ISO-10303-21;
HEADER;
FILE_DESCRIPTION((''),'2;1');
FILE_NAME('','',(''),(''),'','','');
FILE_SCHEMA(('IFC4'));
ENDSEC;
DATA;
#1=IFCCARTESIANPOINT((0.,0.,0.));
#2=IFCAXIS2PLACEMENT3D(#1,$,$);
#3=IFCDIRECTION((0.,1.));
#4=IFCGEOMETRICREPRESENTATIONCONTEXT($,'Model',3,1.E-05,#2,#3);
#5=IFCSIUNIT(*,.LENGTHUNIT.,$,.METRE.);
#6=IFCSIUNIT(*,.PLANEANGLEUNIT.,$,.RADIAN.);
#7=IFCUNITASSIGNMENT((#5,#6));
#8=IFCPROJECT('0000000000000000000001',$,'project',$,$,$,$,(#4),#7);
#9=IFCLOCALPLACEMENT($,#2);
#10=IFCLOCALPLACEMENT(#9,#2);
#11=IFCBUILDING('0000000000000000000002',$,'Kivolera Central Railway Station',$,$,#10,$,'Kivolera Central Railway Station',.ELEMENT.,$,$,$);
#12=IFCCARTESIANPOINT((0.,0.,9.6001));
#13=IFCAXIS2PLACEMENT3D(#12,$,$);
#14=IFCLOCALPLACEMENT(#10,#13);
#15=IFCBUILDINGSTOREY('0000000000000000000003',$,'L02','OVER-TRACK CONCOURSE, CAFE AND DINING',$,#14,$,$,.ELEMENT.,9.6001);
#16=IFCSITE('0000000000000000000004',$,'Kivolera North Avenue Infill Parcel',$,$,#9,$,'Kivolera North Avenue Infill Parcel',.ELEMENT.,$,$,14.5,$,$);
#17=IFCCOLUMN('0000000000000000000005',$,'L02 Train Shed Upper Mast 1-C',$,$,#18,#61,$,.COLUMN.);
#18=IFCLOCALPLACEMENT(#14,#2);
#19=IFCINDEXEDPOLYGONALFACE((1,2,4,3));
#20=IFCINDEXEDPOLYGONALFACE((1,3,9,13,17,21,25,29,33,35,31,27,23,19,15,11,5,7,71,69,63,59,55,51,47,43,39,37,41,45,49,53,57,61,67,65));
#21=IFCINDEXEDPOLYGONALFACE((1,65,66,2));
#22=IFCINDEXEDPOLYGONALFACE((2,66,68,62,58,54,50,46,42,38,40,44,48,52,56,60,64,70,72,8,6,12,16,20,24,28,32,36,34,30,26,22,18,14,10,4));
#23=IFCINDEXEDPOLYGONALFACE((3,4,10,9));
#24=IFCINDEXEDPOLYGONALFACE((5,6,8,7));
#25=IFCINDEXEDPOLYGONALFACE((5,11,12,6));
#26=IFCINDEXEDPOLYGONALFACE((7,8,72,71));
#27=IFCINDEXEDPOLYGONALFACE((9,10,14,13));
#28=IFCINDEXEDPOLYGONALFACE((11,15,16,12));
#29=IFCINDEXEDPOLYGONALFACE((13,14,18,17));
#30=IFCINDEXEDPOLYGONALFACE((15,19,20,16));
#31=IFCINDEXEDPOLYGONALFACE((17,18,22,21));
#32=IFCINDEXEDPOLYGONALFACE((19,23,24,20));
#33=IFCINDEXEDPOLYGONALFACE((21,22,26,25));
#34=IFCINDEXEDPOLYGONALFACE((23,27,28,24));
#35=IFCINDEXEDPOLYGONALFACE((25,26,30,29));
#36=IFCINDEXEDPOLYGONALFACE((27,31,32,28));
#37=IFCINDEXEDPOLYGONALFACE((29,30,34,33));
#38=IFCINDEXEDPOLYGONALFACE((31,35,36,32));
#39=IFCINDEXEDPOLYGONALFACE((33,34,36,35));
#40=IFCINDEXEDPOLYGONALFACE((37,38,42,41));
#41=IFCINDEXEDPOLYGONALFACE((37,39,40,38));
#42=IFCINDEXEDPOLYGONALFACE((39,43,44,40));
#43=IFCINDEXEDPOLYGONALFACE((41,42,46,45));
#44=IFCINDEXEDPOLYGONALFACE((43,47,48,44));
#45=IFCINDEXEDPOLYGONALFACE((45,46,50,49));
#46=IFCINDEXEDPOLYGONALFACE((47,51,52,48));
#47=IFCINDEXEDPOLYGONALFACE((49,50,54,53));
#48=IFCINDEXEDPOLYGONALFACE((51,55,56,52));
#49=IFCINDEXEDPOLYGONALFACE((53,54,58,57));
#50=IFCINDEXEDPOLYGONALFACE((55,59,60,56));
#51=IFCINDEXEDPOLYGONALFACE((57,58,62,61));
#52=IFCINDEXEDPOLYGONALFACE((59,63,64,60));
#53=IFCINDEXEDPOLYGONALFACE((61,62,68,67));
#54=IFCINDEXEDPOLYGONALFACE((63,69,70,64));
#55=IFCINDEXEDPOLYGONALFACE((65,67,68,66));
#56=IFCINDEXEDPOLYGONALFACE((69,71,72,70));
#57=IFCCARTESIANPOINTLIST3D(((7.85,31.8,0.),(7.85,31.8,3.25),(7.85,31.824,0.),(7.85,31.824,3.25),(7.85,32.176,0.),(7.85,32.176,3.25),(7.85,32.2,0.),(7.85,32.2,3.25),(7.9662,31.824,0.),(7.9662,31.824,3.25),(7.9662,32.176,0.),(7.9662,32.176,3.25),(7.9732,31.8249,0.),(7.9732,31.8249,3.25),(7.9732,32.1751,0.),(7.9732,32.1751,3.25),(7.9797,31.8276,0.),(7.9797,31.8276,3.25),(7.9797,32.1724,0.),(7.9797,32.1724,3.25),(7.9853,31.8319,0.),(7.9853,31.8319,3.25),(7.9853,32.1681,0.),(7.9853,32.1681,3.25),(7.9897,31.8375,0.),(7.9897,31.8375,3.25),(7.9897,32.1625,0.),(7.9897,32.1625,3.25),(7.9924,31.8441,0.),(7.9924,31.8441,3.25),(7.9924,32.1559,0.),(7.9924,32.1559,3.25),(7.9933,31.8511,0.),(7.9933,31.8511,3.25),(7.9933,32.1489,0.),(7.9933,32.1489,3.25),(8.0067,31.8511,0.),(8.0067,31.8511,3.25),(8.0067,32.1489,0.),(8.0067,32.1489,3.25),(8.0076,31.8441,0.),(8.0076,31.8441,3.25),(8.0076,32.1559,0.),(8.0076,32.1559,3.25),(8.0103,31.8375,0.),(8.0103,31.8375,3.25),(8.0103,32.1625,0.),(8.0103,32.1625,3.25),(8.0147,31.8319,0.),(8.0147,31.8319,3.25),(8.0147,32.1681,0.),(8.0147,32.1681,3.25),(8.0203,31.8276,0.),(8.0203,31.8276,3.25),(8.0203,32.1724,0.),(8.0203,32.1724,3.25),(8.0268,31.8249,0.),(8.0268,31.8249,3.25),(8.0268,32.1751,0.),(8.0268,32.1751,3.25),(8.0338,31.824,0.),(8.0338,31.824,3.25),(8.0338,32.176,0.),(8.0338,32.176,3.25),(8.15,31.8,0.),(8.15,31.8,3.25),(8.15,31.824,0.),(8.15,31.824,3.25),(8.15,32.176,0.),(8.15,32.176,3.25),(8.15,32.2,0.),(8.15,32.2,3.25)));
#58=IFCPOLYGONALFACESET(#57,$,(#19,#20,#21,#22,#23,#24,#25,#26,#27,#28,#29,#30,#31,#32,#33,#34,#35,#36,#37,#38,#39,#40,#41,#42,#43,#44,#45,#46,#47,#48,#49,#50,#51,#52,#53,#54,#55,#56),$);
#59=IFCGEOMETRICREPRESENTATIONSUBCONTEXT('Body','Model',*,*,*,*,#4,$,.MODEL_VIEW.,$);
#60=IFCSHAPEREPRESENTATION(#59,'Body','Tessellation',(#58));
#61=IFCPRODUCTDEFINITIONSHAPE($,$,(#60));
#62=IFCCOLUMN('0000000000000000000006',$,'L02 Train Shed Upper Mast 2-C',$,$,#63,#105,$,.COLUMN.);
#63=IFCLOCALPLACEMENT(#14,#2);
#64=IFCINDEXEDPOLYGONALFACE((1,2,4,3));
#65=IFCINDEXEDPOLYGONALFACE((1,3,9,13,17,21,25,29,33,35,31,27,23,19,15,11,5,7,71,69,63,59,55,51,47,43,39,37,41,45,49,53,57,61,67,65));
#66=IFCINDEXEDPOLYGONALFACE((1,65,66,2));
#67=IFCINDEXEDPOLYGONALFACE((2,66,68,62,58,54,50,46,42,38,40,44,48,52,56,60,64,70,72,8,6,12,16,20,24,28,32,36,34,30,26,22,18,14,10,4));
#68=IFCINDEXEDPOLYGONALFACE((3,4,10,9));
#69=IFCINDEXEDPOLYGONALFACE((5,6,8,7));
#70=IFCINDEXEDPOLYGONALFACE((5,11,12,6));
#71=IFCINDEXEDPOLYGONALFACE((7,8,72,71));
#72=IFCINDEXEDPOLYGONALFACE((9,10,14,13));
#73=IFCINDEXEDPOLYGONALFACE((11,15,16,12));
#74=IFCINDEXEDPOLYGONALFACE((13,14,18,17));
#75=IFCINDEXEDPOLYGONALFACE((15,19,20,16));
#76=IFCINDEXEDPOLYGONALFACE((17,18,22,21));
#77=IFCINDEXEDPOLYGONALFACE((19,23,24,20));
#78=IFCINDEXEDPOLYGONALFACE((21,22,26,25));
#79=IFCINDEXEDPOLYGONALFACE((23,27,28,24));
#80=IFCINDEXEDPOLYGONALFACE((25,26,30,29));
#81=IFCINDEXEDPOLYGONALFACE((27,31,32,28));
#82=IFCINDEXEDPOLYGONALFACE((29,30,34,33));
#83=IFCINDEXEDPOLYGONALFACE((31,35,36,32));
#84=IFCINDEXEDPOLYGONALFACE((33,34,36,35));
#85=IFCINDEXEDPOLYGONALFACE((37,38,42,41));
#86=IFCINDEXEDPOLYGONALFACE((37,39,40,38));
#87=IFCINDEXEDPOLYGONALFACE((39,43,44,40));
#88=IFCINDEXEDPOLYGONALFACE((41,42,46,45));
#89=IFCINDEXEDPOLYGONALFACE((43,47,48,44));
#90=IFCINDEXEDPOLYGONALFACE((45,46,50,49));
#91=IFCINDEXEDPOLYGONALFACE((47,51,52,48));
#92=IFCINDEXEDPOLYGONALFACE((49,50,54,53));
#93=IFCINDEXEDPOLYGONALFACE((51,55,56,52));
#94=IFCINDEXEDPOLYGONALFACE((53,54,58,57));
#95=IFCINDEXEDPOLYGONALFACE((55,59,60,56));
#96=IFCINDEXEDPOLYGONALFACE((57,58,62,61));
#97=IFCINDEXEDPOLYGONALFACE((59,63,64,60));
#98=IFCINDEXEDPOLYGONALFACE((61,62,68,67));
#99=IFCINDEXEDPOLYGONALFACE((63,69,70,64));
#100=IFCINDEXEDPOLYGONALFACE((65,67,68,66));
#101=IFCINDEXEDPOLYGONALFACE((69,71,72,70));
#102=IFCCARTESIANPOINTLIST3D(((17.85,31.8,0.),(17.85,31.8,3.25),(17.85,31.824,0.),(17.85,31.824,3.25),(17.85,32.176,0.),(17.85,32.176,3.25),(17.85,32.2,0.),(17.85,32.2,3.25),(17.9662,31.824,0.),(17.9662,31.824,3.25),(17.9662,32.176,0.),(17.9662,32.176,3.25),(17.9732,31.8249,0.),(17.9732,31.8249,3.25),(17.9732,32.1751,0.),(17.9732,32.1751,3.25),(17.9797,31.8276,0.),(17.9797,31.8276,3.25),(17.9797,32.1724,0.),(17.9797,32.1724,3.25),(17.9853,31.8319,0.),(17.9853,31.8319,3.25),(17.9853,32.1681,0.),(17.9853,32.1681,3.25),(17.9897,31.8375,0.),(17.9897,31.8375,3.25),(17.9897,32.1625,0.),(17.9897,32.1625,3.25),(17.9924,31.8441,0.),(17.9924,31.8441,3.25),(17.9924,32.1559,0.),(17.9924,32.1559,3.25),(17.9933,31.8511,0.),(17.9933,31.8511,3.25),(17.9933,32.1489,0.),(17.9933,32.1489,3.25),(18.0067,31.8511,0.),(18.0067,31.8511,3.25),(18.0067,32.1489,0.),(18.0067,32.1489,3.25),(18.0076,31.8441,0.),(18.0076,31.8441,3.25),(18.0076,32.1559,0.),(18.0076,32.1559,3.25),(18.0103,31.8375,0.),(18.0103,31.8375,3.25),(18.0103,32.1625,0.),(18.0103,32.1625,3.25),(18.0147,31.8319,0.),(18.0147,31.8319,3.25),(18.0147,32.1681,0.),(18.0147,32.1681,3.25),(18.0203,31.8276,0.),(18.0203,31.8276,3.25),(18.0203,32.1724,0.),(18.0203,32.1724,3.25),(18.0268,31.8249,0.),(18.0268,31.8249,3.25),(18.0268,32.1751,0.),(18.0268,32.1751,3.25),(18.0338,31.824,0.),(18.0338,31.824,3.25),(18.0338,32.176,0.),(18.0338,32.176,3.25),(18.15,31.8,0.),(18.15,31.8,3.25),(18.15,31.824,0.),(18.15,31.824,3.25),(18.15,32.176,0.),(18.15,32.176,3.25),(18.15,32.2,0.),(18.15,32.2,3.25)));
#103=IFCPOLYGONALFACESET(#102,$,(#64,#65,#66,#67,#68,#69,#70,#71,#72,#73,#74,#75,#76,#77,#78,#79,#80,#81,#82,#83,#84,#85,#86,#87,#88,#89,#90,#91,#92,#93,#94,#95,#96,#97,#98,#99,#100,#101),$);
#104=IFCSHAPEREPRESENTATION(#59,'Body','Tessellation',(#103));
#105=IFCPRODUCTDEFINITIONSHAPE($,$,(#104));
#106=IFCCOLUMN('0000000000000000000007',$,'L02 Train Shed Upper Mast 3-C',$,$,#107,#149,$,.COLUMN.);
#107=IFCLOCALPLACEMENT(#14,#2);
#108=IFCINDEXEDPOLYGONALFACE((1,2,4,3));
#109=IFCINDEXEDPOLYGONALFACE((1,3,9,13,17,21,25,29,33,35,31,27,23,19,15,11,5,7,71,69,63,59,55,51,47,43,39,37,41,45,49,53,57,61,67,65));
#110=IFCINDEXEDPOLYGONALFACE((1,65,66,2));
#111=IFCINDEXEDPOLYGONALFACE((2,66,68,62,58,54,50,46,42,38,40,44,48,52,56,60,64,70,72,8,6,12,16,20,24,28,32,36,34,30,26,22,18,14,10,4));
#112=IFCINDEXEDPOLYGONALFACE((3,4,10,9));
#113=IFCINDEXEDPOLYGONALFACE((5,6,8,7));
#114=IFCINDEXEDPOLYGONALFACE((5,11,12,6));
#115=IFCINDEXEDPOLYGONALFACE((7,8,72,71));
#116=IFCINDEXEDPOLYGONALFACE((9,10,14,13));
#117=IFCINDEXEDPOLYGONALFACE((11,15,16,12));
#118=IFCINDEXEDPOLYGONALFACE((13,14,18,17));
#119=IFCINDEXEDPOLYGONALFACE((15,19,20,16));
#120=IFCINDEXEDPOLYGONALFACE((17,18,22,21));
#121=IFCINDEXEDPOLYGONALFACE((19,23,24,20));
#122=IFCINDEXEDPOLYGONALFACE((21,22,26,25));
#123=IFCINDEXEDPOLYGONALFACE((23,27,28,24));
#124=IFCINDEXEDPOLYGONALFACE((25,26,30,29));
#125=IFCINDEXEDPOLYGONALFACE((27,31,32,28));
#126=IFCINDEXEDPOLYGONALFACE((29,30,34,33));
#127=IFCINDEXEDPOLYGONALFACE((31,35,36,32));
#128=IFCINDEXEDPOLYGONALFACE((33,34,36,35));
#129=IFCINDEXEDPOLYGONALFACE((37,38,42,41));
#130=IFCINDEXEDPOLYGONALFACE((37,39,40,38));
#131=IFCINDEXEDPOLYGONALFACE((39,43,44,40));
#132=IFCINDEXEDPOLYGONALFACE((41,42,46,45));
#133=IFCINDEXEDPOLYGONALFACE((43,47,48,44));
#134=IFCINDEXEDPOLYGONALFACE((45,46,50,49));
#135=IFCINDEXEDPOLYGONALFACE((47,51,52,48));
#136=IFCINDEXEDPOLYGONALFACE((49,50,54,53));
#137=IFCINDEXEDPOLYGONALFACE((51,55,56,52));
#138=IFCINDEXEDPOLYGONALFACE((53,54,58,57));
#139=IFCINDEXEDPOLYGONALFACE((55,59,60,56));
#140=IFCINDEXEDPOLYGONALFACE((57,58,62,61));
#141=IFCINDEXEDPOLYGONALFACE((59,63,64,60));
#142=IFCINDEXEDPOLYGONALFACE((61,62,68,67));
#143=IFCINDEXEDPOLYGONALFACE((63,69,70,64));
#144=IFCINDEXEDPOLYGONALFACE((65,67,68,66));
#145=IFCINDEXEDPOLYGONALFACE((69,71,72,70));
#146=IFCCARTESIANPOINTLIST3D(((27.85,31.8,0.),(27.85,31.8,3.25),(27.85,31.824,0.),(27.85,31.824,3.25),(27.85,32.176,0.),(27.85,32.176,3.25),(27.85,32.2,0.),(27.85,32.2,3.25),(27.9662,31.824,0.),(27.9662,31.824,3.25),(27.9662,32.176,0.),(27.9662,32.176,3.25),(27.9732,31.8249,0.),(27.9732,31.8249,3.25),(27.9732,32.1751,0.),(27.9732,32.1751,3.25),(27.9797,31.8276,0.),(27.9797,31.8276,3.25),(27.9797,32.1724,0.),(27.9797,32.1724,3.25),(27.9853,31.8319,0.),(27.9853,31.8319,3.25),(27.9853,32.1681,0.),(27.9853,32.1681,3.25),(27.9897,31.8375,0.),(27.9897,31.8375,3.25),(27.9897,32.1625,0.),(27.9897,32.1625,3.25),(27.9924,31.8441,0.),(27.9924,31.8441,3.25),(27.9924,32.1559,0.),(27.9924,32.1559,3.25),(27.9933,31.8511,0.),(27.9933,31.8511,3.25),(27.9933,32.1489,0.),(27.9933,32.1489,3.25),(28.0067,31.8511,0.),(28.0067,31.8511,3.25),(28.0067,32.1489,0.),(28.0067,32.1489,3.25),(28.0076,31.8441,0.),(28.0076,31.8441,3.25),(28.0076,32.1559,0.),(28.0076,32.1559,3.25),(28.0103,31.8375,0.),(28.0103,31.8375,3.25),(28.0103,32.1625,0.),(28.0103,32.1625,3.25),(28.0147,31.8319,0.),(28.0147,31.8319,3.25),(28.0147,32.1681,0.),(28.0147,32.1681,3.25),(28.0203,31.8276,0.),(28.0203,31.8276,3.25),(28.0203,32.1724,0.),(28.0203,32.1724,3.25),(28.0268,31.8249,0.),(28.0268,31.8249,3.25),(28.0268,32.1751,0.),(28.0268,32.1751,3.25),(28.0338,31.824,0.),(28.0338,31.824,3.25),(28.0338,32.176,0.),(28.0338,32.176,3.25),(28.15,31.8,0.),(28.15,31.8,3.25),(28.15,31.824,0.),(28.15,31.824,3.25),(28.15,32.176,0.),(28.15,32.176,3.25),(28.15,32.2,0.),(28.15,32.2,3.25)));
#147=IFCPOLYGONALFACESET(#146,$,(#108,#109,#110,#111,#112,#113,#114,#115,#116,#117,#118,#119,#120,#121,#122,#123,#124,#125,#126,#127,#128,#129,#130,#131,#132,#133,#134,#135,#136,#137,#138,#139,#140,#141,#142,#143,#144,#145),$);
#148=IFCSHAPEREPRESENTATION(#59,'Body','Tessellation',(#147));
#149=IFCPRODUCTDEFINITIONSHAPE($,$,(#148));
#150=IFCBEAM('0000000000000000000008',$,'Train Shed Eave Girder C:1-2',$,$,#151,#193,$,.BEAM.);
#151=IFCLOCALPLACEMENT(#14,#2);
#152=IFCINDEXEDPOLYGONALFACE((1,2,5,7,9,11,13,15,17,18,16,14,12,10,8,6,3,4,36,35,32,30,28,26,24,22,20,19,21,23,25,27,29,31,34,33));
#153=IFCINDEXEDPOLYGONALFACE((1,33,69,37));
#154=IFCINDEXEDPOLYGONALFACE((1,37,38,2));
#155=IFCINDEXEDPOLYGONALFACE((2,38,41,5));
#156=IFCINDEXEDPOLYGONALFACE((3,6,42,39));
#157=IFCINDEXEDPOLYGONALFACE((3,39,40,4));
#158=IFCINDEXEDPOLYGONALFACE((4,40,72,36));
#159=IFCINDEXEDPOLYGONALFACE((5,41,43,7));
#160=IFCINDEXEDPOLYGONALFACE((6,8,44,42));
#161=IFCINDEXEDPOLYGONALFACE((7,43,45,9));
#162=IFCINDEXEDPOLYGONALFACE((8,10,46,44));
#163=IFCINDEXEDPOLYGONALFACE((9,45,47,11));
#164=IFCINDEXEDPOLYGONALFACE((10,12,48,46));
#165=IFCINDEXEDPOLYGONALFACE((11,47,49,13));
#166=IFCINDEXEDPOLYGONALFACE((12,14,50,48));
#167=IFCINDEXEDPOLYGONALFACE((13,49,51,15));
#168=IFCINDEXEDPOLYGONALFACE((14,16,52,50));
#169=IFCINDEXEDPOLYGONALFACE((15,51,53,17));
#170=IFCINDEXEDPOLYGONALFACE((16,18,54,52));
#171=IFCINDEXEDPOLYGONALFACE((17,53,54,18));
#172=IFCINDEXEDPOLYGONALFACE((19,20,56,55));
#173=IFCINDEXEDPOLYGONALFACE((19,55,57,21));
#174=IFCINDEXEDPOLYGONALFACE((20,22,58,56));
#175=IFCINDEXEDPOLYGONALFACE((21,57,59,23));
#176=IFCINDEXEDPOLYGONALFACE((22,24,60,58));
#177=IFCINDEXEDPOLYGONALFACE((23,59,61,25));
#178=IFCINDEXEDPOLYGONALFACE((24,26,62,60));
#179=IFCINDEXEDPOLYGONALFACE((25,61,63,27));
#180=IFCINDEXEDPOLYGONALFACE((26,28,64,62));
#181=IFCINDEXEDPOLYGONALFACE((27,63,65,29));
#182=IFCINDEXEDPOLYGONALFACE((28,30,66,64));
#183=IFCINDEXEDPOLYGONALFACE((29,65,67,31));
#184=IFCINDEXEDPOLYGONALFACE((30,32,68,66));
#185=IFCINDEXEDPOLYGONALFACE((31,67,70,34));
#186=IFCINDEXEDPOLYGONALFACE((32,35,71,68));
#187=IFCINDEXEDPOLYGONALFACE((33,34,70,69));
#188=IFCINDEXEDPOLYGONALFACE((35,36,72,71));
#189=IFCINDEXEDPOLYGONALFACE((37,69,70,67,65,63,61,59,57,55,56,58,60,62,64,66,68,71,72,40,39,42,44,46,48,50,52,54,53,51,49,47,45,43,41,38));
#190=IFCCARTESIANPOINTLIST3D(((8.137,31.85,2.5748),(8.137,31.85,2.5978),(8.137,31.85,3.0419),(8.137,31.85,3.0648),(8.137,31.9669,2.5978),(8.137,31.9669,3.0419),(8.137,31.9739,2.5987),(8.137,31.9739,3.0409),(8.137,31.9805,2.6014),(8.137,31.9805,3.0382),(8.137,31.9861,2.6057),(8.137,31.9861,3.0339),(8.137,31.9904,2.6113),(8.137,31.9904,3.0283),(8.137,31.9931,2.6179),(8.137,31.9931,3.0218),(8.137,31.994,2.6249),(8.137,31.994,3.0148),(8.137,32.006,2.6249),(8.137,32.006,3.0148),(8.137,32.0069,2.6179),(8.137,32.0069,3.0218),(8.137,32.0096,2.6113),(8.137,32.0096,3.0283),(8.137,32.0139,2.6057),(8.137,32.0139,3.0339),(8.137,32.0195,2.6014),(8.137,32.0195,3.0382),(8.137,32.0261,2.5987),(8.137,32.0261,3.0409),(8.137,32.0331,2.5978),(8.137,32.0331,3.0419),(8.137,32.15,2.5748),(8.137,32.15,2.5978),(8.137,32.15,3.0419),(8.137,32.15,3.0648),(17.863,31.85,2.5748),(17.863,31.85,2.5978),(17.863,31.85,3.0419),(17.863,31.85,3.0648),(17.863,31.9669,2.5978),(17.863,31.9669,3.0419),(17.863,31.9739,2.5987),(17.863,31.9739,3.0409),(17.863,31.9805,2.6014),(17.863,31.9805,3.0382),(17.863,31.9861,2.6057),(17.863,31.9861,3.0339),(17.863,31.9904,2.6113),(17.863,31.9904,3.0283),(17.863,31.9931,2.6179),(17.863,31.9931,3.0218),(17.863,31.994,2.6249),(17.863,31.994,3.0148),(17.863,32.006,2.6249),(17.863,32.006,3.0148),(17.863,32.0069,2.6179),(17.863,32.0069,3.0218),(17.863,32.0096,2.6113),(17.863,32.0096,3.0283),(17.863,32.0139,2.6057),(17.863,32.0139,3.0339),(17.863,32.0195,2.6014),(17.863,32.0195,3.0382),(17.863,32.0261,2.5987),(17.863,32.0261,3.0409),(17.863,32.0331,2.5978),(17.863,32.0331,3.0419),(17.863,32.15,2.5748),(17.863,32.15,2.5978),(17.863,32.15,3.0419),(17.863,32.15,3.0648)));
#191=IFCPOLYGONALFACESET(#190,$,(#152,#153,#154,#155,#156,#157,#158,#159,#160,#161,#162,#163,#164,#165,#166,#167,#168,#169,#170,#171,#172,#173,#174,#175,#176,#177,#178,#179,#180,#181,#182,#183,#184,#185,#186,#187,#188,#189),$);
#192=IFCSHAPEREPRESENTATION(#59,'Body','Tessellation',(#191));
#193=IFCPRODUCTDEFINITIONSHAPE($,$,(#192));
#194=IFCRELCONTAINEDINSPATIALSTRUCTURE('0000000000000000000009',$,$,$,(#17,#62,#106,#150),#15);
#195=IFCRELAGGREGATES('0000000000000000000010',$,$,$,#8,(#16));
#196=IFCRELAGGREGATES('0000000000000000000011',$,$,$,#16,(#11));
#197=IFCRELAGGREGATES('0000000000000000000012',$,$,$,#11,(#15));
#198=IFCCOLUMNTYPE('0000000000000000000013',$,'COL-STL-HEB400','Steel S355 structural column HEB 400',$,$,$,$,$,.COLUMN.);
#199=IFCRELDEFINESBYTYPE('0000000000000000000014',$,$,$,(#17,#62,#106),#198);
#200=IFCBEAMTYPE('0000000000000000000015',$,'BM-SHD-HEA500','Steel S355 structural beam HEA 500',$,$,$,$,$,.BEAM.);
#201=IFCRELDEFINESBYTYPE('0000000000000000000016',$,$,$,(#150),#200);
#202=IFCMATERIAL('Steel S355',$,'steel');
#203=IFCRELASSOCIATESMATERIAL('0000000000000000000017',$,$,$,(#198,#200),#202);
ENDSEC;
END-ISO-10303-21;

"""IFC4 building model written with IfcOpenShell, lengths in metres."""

from ifc_helpers import new_model, si_unit, direction, frame, origin, origin_2d, place, context, subcontext, project, spatial, i_section, extrude, material, material_profile, profile_set, type_object, element, save


model = new_model("IFC4")

# Units and contexts
model_context = context("Model", 3, precision=1e-05, world=origin(), true_north=direction((0.0, 1.0)))
body_context = subcontext(model_context, "Body", "Model", "MODEL_VIEW")
ifc_project = project(units=[si_unit("LENGTHUNIT", "METRE"), si_unit("PLANEANGLEUNIT", "RADIAN")], contexts=[model_context])

# Site, building, storey
site_placement = place(None, origin())
site = spatial("IfcSite", under=ifc_project, at=site_placement, Name="Kivolera North Avenue Infill Parcel", LongName="Kivolera North Avenue Infill Parcel", CompositionType="ELEMENT", RefElevation=14.5)
building_placement = place(site_placement, origin())
building = spatial("IfcBuilding", under=site, at=building_placement, Name="Kivolera Central Railway Station", LongName="Kivolera Central Railway Station", CompositionType="ELEMENT")
storey_placement = place(building_placement, frame((0.0, 0.0, 9.6001)))
storey = spatial("IfcBuildingStorey", under=building, at=storey_placement, Name="L02", Description="OVER-TRACK CONCOURSE, CAFE AND DINING", CompositionType="ELEMENT", Elevation=9.6001)

# Columns
ifc_material_1 = material(Name="Steel S355", Category="steel")
ifc_material_profile_1 = material_profile(ifc_material_1, i_section(OverallWidth=0.3, OverallDepth=0.3999, WebThickness=0.0134, FlangeThickness=0.0239, FilletRadius=0.0271, at=origin_2d()), Name="HEB 400")
ifc_profile_set_1 = profile_set([ifc_material_profile_1], Name="Steel S355")
column_type = type_object("IfcColumnType", Name="COL-STL-HEB400", Description="Steel S355 structural column HEB 400", PredefinedType="COLUMN", material=ifc_profile_set_1)
for number, where, z_axis, x_axis, name in (
    (1, (8.0, 32.0, 0.0), (0.0, 0.0, 1.0), (1.0, 0.0, 0.0), "L02 Train Shed Upper Mast 1-C"),
    (2, (18.0, 32.0, 0.0), (0.0, 0.0, 1.0), (1.0, 0.0, 0.0), "L02 Train Shed Upper Mast 2-C"),
    (3, (28.0, 32.0, 0.0), (0.0, 0.0, 1.0), (1.0, 0.0, 0.0), "L02 Train Shed Upper Mast 3-C"),
):
    element("IfcColumn", number, at=place(storey_placement, frame(where, z_axis=z_axis, x_axis=x_axis)), inside=storey, type_object=column_type, Name=name, PredefinedType="COLUMN", context=body_context, shape_type="SweptSolid", body=[
        extrude(i_section(OverallWidth=0.3, OverallDepth=0.3999, WebThickness=0.0134, FlangeThickness=0.0239, FilletRadius=0.0271, at=origin_2d()), origin(), (0.0, 0.0, 1.0), 3.25),
    ])

# Beam
ifc_material_profile_2 = material_profile(ifc_material_1, i_section(OverallWidth=0.3, OverallDepth=0.49, WebThickness=0.012, FlangeThickness=0.0229, FilletRadius=0.0271, at=origin_2d()), Name="HEA 500")
ifc_profile_set_2 = profile_set([ifc_material_profile_2], Name="Steel S355")
beam_type_1 = type_object("IfcBeamType", Name="BM-SHD-HEA500", Description="Steel S355 structural beam HEA 500", PredefinedType="BEAM", material=ifc_profile_set_2)
for number, where, z_axis, x_axis, name in (
    (4, (8.137, 32.0, 2.8198), (1.0, 0.0, 0.0), (0.0, 1.0, 0.0), "Train Shed Eave Girder C:1-2"),
):
    element("IfcBeam", number, at=place(storey_placement, frame(where, z_axis=z_axis, x_axis=x_axis)), inside=storey, type_object=beam_type_1, Name=name, PredefinedType="BEAM", context=body_context, shape_type="SweptSolid", body=[
        extrude(i_section(OverallWidth=0.3, OverallDepth=0.49, WebThickness=0.012, FlangeThickness=0.0229, FilletRadius=0.0271, at=origin_2d()), origin(), (0.0, 0.0, 1.0), 9.7261),
    ])

save(model, "model.ifc")
